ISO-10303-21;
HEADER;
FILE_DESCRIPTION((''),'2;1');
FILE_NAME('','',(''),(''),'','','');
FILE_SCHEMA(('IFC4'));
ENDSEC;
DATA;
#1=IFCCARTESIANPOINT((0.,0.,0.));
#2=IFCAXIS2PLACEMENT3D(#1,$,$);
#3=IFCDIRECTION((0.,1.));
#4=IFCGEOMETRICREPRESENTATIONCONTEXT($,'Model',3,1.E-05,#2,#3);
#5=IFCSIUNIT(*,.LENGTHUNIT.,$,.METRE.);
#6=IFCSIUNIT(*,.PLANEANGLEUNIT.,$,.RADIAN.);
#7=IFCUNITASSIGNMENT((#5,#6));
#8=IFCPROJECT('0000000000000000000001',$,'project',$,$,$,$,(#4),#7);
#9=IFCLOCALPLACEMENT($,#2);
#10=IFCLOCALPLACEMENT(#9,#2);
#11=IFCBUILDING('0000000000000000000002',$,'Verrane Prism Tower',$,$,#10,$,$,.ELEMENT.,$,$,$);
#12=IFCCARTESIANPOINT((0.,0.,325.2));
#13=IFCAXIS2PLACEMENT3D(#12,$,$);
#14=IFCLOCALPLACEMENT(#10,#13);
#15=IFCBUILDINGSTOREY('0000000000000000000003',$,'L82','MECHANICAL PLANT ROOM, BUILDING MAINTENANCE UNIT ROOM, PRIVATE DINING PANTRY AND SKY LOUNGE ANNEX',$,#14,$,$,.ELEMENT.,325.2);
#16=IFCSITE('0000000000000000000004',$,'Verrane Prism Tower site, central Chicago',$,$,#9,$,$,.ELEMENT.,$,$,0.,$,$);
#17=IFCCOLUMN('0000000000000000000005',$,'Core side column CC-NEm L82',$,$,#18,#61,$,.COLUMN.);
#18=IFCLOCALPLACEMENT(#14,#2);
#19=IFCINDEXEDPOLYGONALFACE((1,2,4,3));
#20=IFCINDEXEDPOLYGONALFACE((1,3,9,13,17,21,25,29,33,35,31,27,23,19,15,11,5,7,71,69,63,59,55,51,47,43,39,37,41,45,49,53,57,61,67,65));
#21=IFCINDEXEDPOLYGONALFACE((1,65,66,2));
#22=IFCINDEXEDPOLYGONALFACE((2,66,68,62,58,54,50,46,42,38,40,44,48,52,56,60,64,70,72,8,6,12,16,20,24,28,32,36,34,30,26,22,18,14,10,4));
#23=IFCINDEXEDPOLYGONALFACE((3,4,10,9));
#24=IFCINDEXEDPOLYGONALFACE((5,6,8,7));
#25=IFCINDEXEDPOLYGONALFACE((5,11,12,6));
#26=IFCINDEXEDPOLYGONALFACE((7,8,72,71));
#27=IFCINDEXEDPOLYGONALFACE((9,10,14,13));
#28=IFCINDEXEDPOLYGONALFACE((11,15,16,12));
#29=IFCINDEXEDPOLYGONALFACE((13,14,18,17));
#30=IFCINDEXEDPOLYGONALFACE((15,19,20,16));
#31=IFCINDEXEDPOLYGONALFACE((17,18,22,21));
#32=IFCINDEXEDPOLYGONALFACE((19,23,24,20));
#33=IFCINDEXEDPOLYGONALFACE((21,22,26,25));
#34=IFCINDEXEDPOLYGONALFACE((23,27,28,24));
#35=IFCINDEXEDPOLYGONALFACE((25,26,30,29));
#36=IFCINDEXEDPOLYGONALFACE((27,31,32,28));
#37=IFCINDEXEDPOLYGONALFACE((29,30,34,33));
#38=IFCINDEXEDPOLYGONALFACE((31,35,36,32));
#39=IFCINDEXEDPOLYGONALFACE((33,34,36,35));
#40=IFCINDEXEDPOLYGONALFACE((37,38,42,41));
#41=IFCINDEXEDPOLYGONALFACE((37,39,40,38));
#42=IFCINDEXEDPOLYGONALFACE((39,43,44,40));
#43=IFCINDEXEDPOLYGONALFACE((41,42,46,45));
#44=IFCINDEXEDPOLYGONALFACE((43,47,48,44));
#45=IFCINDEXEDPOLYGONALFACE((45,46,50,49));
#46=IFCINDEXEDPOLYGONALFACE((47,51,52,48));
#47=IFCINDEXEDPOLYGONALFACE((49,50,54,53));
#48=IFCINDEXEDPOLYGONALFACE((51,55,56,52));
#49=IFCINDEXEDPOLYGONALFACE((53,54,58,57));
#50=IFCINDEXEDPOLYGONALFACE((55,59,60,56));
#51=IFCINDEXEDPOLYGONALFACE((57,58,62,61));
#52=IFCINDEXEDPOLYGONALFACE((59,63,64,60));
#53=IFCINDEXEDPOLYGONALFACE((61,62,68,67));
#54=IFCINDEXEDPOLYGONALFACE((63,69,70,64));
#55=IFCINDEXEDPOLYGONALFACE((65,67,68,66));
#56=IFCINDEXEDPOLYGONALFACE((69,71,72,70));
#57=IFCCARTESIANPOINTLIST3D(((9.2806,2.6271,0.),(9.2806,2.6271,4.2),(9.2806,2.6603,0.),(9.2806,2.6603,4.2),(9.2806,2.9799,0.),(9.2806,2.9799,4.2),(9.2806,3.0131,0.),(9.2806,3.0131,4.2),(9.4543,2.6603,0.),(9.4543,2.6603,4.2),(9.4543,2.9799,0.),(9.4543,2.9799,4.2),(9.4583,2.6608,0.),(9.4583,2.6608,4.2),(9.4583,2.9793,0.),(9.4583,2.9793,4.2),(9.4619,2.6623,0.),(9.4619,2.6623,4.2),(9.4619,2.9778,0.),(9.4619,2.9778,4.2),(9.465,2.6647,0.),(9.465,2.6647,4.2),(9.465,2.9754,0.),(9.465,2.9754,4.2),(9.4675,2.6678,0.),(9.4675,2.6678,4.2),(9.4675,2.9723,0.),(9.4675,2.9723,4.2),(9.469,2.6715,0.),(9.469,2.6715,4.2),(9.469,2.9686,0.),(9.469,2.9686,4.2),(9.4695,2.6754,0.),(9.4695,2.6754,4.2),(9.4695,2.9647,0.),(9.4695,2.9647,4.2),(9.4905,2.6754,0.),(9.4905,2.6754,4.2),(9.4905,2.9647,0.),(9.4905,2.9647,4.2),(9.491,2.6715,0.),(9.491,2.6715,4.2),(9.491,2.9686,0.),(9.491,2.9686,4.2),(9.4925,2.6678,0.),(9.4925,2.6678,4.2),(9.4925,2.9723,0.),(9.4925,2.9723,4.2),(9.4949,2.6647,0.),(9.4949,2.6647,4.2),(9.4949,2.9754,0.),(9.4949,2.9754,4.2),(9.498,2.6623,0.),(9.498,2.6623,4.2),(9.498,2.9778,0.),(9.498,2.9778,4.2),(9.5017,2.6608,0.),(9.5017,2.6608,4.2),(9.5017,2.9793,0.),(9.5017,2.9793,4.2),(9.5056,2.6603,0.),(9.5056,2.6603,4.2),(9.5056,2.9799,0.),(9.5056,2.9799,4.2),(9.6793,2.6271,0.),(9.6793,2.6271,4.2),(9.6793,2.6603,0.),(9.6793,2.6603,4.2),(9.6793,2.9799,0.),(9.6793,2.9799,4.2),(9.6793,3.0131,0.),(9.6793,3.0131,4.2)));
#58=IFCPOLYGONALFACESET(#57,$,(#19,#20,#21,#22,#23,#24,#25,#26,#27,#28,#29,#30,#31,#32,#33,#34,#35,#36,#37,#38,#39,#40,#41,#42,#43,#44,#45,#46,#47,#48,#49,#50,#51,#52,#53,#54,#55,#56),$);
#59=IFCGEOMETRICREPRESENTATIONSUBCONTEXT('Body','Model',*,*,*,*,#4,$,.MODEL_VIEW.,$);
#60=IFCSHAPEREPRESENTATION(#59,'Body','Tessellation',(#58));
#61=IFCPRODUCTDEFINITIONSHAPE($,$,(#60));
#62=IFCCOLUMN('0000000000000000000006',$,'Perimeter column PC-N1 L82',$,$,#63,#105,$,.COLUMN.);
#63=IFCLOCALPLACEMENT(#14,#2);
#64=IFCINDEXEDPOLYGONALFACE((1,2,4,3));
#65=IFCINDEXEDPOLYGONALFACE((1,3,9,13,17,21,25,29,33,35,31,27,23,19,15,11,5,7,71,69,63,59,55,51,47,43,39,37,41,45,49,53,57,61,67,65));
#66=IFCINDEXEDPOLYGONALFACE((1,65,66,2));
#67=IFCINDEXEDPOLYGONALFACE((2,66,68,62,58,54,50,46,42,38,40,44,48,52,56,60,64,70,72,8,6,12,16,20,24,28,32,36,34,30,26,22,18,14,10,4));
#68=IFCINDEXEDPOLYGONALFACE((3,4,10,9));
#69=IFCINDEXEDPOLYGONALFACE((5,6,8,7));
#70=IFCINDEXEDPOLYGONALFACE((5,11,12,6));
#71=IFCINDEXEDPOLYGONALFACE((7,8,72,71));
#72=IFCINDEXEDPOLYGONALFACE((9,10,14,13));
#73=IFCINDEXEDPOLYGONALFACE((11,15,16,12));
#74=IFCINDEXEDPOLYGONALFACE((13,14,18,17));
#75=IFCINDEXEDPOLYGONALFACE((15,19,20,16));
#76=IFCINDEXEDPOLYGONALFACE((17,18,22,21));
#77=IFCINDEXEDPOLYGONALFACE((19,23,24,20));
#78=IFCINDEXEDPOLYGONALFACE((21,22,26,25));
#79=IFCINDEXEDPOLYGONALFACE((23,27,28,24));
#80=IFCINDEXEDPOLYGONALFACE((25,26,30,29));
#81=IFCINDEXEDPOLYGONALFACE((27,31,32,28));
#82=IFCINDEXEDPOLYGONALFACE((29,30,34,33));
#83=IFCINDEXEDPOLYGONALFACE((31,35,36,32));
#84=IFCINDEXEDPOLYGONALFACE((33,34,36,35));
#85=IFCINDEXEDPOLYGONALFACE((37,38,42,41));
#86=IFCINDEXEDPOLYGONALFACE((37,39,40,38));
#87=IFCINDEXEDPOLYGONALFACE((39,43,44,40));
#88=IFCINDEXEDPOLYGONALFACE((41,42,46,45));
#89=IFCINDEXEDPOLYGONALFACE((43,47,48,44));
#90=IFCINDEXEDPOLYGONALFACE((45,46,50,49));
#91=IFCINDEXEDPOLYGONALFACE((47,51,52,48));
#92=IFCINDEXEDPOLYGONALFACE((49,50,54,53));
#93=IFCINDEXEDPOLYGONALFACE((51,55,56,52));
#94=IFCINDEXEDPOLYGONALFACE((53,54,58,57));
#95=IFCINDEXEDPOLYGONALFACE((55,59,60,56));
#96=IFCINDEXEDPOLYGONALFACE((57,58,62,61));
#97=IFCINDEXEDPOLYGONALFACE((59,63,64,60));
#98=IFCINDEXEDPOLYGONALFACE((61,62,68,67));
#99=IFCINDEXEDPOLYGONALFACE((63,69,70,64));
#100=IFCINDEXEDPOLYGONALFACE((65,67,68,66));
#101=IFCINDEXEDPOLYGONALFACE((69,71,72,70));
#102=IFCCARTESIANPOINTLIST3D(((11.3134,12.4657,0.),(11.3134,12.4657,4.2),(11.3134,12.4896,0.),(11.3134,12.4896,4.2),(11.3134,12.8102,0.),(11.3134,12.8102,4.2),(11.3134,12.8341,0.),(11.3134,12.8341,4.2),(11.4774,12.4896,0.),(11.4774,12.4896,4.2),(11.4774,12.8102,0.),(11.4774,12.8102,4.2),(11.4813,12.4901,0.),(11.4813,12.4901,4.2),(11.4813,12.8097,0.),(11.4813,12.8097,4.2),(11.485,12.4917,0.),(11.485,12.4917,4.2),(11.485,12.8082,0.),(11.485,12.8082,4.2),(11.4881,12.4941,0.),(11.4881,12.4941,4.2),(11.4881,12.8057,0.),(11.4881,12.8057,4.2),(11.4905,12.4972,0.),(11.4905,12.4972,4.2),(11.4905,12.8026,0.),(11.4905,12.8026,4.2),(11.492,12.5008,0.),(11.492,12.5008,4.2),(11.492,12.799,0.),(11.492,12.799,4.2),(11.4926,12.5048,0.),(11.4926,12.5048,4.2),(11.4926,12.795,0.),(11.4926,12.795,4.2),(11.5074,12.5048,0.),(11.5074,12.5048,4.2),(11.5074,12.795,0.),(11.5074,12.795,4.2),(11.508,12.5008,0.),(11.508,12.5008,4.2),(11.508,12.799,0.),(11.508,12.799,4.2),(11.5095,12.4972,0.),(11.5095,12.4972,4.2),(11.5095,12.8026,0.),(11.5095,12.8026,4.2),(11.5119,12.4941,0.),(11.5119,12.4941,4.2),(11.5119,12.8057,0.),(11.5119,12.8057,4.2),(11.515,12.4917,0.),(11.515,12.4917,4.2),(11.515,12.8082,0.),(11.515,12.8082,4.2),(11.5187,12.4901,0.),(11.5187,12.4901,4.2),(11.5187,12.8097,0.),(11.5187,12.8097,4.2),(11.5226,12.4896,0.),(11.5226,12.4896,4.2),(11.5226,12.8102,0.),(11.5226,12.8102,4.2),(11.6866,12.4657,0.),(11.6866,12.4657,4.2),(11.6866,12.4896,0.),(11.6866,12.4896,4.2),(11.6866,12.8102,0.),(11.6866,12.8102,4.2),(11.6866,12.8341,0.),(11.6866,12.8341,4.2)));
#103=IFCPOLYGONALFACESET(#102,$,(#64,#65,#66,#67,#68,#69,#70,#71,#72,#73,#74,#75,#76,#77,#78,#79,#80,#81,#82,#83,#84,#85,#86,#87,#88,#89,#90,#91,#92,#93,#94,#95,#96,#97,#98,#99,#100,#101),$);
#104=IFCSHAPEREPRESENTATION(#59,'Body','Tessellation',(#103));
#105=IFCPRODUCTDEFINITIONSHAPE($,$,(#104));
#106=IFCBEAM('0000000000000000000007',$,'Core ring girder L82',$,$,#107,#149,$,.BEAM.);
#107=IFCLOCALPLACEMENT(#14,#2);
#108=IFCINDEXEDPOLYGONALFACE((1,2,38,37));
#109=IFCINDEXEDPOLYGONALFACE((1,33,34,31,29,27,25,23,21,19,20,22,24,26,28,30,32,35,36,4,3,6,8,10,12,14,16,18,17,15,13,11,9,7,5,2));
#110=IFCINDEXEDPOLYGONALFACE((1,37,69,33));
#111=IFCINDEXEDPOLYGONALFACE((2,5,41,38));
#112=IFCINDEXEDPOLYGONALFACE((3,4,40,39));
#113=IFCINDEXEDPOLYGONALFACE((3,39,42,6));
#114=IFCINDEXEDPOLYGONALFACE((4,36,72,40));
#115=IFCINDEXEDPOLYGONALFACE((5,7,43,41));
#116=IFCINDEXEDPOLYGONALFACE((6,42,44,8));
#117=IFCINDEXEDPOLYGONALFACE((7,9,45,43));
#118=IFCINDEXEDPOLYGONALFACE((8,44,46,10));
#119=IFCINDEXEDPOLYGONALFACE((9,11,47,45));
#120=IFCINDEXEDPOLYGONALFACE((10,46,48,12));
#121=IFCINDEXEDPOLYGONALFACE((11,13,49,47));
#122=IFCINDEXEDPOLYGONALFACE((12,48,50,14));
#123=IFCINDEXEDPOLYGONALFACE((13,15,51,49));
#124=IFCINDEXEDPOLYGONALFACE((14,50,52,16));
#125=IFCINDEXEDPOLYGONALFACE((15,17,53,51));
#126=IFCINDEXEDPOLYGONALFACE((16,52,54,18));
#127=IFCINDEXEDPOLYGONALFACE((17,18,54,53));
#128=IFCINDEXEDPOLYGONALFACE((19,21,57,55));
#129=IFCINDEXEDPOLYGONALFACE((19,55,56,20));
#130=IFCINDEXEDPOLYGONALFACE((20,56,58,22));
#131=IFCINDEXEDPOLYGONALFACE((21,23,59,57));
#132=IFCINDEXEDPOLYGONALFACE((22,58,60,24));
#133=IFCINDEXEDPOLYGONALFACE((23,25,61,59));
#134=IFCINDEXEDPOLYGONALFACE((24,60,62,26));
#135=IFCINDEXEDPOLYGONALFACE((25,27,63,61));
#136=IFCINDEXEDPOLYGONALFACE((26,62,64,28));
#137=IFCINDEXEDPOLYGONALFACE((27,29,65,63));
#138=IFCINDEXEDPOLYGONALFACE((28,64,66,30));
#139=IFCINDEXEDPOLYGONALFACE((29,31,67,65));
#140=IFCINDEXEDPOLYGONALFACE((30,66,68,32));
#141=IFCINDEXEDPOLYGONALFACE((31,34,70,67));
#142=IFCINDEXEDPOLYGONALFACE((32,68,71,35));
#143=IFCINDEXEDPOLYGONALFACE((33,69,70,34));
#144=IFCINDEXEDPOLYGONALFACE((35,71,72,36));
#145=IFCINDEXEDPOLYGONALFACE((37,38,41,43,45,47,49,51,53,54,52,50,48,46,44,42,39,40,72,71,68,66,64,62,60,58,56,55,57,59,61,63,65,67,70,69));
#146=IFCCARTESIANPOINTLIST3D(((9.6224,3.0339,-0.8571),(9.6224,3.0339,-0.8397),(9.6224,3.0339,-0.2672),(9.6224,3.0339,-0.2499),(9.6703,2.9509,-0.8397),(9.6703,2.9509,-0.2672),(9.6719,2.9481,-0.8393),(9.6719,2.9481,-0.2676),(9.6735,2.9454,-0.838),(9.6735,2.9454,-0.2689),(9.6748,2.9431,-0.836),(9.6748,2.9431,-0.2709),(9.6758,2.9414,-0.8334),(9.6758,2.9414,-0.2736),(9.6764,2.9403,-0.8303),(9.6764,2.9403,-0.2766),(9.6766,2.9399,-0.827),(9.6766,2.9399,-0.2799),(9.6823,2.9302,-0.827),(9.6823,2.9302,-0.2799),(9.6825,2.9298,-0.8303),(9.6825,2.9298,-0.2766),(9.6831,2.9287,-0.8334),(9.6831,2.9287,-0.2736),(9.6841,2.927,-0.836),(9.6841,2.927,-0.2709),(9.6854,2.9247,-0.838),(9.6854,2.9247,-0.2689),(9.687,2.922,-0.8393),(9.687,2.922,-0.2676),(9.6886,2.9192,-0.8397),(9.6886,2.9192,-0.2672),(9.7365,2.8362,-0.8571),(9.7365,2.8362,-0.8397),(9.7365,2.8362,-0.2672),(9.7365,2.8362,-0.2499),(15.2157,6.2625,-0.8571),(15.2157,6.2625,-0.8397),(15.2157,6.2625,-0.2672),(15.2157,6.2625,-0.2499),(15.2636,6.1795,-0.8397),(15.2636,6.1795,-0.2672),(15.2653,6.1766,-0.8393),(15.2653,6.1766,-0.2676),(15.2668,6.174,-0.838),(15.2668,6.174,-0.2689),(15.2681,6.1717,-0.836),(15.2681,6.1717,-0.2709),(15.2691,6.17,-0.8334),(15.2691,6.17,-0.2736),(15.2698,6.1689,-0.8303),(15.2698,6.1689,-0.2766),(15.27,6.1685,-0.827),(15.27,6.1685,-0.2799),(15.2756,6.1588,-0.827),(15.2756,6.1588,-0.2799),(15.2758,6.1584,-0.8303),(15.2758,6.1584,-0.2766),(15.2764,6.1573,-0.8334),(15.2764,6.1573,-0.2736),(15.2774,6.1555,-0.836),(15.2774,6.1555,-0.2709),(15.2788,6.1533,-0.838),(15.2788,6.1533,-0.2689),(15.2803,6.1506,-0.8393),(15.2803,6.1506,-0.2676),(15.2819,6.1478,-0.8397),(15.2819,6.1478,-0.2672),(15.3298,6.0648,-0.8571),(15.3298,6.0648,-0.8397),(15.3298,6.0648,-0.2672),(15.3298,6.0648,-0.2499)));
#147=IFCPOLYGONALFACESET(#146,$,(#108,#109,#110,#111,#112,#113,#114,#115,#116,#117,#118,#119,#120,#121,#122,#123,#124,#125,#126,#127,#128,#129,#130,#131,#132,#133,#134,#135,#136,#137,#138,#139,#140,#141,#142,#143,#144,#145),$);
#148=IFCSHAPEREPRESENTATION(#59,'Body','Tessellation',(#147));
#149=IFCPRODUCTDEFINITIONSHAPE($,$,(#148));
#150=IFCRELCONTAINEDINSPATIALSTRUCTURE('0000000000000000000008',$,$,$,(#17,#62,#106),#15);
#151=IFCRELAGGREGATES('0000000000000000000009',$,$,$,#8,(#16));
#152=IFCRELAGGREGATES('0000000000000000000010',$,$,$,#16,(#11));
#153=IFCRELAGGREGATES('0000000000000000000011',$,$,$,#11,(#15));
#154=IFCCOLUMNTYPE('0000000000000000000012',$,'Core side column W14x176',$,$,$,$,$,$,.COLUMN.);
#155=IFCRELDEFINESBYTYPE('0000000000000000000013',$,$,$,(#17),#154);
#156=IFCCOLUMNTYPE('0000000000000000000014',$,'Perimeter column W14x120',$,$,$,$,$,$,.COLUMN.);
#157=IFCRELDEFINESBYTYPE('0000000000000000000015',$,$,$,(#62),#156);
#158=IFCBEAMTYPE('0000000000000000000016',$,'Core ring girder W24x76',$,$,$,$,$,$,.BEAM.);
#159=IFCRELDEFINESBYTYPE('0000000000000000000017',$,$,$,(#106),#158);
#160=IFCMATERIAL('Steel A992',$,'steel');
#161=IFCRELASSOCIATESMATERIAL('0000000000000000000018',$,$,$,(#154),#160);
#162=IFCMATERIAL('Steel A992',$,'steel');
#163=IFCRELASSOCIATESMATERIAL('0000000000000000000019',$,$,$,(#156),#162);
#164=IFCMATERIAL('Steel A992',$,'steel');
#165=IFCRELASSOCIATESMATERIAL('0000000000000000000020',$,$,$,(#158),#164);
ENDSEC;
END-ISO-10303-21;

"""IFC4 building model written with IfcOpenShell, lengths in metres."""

from ifc_helpers import new_model, si_unit, direction, frame, origin, origin_2d, place, context, subcontext, project, spatial, i_section, extrude, material, material_profile, profile_set, type_object, element, save


model = new_model("IFC4")

# Units and contexts
model_context = context("Model", 3, precision=1e-05, world=origin(), true_north=direction((0.0, 1.0)))
body_context = subcontext(model_context, "Body", "Model", "MODEL_VIEW")
ifc_project = project(units=[si_unit("LENGTHUNIT", "METRE"), si_unit("PLANEANGLEUNIT", "RADIAN")], contexts=[model_context])

# Site, building, storey
site_placement = place(None, origin())
site = spatial("IfcSite", under=ifc_project, at=site_placement, Name="Verrane Prism Tower site, central Chicago", CompositionType="ELEMENT", RefElevation=0.0)
building_placement = place(site_placement, origin())
building = spatial("IfcBuilding", under=site, at=building_placement, Name="Verrane Prism Tower", CompositionType="ELEMENT")
storey_placement = place(building_placement, frame((0.0, 0.0, 325.2)))
storey = spatial("IfcBuildingStorey", under=building, at=storey_placement, Name="L82", Description="MECHANICAL PLANT ROOM, BUILDING MAINTENANCE UNIT ROOM, PRIVATE DINING PANTRY AND SKY LOUNGE ANNEX", CompositionType="ELEMENT", Elevation=325.2)

# Columns
ifc_material_1 = material(Name="Steel A992", Category="steel")
ifc_material_profile_1 = material_profile(ifc_material_1, i_section(OverallWidth=0.3987, OverallDepth=0.386, WebThickness=0.021, FlangeThickness=0.0332, FilletRadius=0.0151, at=origin_2d()), Name="W14x176")
ifc_profile_set_1 = profile_set([ifc_material_profile_1], Name="Steel A992")
column_type_1 = type_object("IfcColumnType", Name="Core side column W14x176", PredefinedType="COLUMN", material=ifc_profile_set_1)
column_1_placement = place(storey_placement, frame((9.48, 2.8201, 0.0), z_axis=(0.0, 0.0, 1.0), x_axis=(1.0, 0.0, 0.0)))
element("IfcColumn", 1, at=column_1_placement, inside=storey, type_object=column_type_1, Name="Core side column CC-NEm L82", PredefinedType="COLUMN", context=body_context, shape_type="SweptSolid", body=[
    extrude(i_section(OverallWidth=0.3987, OverallDepth=0.386, WebThickness=0.021, FlangeThickness=0.0332, FilletRadius=0.0151, at=origin_2d()), origin(), (0.0, 0.0, 1.0), 4.2),
])
ifc_material_2 = material(Name="Steel A992", Category="steel")
ifc_material_profile_2 = material_profile(ifc_material_2, i_section(OverallWidth=0.3733, OverallDepth=0.3684, WebThickness=0.0149, FlangeThickness=0.0239, FilletRadius=0.0151, at=origin_2d()), Name="W14x120")
ifc_profile_set_2 = profile_set([ifc_material_profile_2], Name="Steel A992")
column_type_2 = type_object("IfcColumnType", Name="Perimeter column W14x120", PredefinedType="COLUMN", material=ifc_profile_set_2)
column_2_placement = place(storey_placement, frame((11.5, 12.6499, 0.0), z_axis=(0.0, 0.0, 1.0), x_axis=(1.0, 0.0, 0.0)))
element("IfcColumn", 2, at=column_2_placement, inside=storey, type_object=column_type_2, Name="Perimeter column PC-N1 L82", PredefinedType="COLUMN", context=body_context, shape_type="SweptSolid", body=[
    extrude(i_section(OverallWidth=0.3733, OverallDepth=0.3684, WebThickness=0.0149, FlangeThickness=0.0239, FilletRadius=0.0151, at=origin_2d()), origin(), (0.0, 0.0, 1.0), 4.2),
])

# Beam
ifc_material_3 = material(Name="Steel A992", Category="steel")
ifc_material_profile_3 = material_profile(ifc_material_3, i_section(OverallWidth=0.2283, OverallDepth=0.6072, WebThickness=0.0112, FlangeThickness=0.0173, FilletRadius=0.0127, at=origin_2d()), Name="W24x76")
ifc_profile_set_3 = profile_set([ifc_material_profile_3], Name="Steel A992")
beam_type_1 = type_object("IfcBeamType", Name="Core ring girder W24x76", PredefinedType="BEAM", material=ifc_profile_set_3)
beam_1_placement = place(storey_placement, frame((9.6794, 2.9351, -0.5535), z_axis=(0.866076, 0.499912, 0.0), x_axis=(-0.499912, 0.866076, 0.0)))
element("IfcBeam", 3, at=beam_1_placement, inside=storey, type_object=beam_type_1, Name="Core ring girder L82", PredefinedType="BEAM", context=body_context, shape_type="SweptSolid", body=[
    extrude(i_section(OverallWidth=0.2283, OverallDepth=0.6072, WebThickness=0.0112, FlangeThickness=0.0173, FilletRadius=0.0127, at=origin_2d()), origin(), (0.0, 0.0, 1.0), 6.4583),
])

save(model, "model.ifc")
